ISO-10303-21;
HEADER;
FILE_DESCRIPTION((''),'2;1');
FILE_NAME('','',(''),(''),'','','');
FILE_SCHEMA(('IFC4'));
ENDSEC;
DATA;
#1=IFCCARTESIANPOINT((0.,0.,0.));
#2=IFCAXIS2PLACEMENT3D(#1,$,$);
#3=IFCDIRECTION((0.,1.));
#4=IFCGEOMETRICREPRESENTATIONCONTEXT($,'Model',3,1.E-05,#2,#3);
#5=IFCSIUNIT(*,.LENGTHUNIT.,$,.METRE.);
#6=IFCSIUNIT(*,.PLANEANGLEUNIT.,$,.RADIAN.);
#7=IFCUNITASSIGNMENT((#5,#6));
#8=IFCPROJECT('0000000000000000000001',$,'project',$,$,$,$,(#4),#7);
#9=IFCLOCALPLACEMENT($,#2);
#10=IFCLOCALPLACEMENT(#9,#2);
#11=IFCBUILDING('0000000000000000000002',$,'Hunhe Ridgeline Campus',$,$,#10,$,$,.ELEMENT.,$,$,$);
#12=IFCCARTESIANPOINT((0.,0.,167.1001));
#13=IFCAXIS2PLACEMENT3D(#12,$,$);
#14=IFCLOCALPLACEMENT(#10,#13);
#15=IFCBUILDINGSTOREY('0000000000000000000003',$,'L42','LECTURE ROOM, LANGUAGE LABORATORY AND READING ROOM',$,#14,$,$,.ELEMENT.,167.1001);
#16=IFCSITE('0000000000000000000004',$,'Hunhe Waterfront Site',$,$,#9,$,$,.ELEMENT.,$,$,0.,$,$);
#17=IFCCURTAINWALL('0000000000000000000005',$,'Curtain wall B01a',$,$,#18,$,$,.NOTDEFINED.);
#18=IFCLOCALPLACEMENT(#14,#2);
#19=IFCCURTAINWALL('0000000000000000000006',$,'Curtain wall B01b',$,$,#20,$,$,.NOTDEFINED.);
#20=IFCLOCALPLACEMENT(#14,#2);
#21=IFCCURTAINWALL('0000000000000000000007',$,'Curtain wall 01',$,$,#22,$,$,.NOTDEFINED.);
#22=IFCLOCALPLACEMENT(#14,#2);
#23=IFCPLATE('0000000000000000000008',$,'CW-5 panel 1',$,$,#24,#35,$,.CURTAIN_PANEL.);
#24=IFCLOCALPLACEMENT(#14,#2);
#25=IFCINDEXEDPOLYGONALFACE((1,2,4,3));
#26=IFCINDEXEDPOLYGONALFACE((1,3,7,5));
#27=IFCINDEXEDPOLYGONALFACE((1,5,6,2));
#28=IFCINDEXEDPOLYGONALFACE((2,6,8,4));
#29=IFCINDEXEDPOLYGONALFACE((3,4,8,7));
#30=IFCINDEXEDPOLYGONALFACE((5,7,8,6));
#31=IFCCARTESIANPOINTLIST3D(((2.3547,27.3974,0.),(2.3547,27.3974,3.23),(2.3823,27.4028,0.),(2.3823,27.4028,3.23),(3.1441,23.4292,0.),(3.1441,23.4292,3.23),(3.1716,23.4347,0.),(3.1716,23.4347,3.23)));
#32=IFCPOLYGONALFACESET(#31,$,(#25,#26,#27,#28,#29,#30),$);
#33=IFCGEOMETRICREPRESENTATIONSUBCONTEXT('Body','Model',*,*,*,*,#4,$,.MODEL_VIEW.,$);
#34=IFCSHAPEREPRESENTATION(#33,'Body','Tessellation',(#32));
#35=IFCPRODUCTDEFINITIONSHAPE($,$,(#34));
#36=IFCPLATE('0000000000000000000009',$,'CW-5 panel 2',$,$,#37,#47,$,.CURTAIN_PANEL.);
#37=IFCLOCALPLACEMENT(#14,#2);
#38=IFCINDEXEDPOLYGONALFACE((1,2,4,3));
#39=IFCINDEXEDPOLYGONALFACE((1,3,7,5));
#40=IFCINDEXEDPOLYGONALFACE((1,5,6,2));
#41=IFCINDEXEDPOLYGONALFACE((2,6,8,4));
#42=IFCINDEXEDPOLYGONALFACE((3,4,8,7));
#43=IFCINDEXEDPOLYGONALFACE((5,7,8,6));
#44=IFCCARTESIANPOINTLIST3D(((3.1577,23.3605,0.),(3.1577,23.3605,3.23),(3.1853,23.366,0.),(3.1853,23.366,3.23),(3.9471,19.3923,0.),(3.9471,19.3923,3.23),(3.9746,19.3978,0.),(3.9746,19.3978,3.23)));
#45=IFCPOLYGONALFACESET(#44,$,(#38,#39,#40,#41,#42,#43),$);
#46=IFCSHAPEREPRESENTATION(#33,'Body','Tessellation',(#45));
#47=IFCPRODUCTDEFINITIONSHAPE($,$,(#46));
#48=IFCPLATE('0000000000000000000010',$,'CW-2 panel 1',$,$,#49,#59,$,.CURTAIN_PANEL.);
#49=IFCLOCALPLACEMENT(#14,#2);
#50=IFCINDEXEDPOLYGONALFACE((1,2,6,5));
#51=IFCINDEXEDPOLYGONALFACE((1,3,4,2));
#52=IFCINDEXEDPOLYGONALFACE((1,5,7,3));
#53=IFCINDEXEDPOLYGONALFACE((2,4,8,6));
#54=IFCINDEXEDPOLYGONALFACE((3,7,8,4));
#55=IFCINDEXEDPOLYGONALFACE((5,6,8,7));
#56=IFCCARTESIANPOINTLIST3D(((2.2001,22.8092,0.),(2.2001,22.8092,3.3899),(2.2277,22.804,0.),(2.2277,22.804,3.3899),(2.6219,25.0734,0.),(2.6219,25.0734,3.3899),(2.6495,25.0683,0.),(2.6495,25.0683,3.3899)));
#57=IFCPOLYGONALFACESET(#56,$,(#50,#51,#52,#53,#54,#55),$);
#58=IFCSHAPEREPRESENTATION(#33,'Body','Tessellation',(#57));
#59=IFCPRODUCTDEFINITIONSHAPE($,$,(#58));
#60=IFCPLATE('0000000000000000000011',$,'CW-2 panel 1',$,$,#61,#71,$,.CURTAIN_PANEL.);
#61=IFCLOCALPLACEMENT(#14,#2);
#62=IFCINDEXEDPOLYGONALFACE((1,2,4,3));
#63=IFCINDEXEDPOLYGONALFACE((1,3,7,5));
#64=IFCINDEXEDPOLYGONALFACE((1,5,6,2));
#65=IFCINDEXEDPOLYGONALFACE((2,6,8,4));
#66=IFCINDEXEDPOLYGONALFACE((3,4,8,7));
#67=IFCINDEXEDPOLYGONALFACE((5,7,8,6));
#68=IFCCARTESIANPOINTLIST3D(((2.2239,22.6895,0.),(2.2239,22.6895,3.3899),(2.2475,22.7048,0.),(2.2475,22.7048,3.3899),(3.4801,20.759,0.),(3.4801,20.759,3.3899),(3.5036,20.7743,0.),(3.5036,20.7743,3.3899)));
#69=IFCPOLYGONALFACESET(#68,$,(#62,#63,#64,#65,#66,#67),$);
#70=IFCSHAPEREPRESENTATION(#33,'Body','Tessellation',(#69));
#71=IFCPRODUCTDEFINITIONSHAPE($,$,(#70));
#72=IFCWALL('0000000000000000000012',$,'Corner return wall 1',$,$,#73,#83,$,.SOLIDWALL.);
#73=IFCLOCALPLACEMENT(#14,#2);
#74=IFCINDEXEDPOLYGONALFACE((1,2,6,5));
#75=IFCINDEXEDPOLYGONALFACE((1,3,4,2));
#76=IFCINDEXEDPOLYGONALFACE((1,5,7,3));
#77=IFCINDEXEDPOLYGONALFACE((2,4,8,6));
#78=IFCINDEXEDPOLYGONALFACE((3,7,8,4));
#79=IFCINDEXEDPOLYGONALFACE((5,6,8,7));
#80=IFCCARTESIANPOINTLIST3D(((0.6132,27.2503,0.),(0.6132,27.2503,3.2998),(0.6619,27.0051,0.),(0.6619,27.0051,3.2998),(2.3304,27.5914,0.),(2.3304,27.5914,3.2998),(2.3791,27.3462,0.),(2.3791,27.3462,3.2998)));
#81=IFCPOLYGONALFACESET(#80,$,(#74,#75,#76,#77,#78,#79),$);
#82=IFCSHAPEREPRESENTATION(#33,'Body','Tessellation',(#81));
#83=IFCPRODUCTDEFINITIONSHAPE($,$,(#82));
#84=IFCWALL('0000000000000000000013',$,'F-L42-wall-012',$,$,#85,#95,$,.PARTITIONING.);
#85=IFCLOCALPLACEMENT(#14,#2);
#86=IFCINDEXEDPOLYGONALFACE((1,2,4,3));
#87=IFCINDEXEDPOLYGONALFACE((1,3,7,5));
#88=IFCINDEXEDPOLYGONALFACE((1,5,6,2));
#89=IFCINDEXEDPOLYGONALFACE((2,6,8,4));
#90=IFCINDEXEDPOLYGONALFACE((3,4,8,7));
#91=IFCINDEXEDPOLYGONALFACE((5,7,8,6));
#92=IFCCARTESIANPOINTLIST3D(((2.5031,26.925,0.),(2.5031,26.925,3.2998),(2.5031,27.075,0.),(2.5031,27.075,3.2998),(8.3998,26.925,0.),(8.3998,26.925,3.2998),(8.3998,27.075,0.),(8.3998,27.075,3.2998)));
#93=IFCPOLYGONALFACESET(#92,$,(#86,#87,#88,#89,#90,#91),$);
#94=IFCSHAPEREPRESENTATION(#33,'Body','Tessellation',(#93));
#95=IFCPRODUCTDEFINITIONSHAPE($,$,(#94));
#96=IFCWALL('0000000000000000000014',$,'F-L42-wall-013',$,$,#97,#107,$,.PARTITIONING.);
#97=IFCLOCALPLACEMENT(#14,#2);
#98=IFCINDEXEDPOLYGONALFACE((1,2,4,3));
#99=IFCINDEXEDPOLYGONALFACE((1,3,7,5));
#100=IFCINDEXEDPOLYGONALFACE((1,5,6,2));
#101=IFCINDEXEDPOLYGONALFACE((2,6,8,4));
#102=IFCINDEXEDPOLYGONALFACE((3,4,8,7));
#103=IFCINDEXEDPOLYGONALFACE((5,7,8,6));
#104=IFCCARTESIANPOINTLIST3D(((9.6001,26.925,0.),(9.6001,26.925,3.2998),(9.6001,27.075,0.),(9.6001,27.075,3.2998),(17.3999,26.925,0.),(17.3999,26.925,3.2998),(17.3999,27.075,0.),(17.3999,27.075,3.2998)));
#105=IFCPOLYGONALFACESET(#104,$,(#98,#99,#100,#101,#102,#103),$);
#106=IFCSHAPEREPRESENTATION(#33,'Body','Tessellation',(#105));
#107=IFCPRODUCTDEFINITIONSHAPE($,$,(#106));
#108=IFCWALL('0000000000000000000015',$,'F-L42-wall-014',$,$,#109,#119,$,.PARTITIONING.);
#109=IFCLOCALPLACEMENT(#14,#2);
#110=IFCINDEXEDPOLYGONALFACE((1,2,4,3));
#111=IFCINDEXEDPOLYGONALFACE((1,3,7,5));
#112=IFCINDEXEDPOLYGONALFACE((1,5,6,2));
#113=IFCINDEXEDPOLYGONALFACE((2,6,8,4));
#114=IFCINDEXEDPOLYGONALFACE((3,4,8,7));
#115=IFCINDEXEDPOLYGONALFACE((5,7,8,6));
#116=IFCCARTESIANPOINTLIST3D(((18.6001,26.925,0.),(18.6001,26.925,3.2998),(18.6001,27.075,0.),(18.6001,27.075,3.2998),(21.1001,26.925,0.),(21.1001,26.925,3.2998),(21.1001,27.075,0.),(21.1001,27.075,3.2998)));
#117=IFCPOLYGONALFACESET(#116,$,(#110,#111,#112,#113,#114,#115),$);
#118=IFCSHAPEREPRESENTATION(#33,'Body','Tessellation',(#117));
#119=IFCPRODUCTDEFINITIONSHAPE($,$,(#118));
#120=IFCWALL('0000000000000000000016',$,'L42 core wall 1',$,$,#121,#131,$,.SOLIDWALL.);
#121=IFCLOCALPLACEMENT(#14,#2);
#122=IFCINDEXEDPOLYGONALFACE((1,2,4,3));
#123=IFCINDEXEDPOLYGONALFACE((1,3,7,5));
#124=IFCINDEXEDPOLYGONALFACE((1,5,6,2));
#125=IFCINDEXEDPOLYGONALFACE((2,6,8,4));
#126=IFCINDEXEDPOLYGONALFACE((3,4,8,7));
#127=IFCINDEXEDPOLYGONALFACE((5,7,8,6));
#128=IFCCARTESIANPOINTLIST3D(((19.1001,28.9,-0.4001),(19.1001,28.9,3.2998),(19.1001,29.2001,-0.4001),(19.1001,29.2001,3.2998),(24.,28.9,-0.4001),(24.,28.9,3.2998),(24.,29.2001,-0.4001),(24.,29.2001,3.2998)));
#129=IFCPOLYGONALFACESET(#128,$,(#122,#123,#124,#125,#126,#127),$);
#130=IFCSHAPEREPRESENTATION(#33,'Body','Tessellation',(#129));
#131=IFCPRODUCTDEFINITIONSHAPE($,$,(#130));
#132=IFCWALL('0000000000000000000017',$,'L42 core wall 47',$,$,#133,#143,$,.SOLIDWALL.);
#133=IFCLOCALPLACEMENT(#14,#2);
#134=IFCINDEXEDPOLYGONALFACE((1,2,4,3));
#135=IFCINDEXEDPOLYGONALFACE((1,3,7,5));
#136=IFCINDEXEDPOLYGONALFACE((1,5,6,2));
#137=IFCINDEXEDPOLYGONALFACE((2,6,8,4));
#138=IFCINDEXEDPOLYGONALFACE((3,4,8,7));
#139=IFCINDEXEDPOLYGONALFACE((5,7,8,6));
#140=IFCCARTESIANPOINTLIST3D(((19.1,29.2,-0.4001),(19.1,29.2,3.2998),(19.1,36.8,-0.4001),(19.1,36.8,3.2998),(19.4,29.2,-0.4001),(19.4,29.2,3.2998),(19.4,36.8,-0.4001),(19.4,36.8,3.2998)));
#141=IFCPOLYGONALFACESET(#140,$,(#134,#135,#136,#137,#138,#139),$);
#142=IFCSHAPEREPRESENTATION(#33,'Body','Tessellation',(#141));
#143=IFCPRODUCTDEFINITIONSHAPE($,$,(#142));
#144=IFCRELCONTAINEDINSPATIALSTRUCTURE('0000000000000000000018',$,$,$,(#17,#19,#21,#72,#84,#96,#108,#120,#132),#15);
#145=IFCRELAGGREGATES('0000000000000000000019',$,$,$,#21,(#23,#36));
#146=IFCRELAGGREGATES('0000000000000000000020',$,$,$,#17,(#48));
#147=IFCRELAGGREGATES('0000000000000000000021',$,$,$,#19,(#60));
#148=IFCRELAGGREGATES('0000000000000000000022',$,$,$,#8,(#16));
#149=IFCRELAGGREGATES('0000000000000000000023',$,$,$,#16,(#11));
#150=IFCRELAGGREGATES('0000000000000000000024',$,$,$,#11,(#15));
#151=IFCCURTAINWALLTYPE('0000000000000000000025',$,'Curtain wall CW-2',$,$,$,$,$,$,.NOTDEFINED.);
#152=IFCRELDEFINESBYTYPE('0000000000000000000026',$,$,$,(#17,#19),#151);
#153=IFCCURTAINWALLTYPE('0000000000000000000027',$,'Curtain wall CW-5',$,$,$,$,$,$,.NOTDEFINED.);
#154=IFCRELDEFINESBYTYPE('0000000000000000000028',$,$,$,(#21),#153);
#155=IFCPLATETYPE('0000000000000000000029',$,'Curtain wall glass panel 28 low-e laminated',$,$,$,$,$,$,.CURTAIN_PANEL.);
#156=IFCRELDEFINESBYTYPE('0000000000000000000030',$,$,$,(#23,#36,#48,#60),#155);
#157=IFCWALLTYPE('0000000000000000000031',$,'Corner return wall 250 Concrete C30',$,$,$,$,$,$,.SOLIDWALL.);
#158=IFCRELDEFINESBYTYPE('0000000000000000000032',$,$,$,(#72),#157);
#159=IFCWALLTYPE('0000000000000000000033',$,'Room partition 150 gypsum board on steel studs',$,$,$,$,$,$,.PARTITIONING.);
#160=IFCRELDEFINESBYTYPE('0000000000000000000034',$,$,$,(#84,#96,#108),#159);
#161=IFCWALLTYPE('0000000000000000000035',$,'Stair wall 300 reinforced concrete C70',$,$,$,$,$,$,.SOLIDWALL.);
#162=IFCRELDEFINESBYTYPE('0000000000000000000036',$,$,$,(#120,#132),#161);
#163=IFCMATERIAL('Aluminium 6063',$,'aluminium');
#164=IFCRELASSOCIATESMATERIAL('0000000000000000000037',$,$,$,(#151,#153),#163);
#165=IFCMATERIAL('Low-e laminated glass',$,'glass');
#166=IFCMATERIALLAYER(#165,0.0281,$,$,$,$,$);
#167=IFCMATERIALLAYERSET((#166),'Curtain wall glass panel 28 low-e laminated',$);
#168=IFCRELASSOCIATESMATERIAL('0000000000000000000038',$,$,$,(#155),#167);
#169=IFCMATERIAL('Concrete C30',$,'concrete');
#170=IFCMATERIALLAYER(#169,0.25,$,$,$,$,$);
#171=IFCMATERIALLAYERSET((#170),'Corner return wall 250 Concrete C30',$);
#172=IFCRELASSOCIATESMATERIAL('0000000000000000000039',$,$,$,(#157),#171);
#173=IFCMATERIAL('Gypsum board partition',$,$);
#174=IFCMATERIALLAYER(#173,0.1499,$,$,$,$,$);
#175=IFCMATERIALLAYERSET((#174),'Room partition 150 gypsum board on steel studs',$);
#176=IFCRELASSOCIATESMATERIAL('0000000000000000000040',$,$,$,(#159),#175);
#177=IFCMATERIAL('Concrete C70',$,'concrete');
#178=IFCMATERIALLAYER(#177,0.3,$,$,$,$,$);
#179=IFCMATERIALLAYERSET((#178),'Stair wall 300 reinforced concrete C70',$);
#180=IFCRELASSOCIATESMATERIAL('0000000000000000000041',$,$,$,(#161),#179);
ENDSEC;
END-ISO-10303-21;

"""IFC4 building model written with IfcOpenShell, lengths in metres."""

from ifc_helpers import new_model, si_unit, direction, frame, frame_2d, origin, origin_2d, place, context, subcontext, project, spatial, rectangle, extrude, material, layer, layer_set, type_object, element, aggregate, save


model = new_model("IFC4")

# Units and contexts
model_context = context("Model", 3, precision=1e-05, world=origin(), true_north=direction((0.0, 1.0)))
body_context = subcontext(model_context, "Body", "Model", "MODEL_VIEW")
ifc_project = project(units=[si_unit("LENGTHUNIT", "METRE"), si_unit("PLANEANGLEUNIT", "RADIAN")], contexts=[model_context])

# Site, building, storey
site_placement = place(None, origin())
site = spatial("IfcSite", under=ifc_project, at=site_placement, Name="Hunhe Waterfront Site", CompositionType="ELEMENT", RefElevation=0.0)
building_placement = place(site_placement, origin())
building = spatial("IfcBuilding", under=site, at=building_placement, Name="Hunhe Ridgeline Campus", CompositionType="ELEMENT")
storey_placement = place(building_placement, frame((0.0, 0.0, 167.1001)))
storey = spatial("IfcBuildingStorey", under=building, at=storey_placement, Name="L42", Description="LECTURE ROOM, LANGUAGE LABORATORY AND READING ROOM", CompositionType="ELEMENT", Elevation=167.1001)

# Shared definitions
ifc_material_1 = material(Name="Concrete C70", Category="concrete")

# Curtain walls
ifc_material_2 = material(Name="Aluminium 6063", Category="aluminium")
curtain_wall_type_1 = type_object("IfcCurtainWallType", Name="Curtain wall CW-2", PredefinedType="NOTDEFINED", material=ifc_material_2)
curtain_wall_1_placement = place(storey_placement, origin())
curtain_wall_1 = element("IfcCurtainWall", 1, at=curtain_wall_1_placement, inside=storey, type_object=curtain_wall_type_1, Name="Curtain wall B01a", PredefinedType="NOTDEFINED")
curtain_wall_2_placement = place(storey_placement, origin())
curtain_wall_2 = element("IfcCurtainWall", 2, at=curtain_wall_2_placement, inside=storey, type_object=curtain_wall_type_1, Name="Curtain wall B01b", PredefinedType="NOTDEFINED")

# Curtain wall
curtain_wall_type_2 = type_object("IfcCurtainWallType", Name="Curtain wall CW-5", PredefinedType="NOTDEFINED", material=ifc_material_2)
curtain_wall_3_placement = place(storey_placement, origin())
curtain_wall_3 = element("IfcCurtainWall", 3, at=curtain_wall_3_placement, inside=storey, type_object=curtain_wall_type_2, Name="Curtain wall 01", PredefinedType="NOTDEFINED")

# Plates
ifc_material_3 = material(Name="Low-e laminated glass", Category="glass")
ifc_layer_1 = layer(ifc_material_3, 0.0281)
ifc_layer_set_1 = layer_set([ifc_layer_1], Name="Curtain wall glass panel 28 low-e laminated")
plate_type = type_object("IfcPlateType", Name="Curtain wall glass panel 28 low-e laminated", PredefinedType="CURTAIN_PANEL", material=ifc_layer_set_1)
plate_1_placement = place(storey_placement, frame((2.7632, 25.416, 0.0), z_axis=(0.0, 0.0, 1.0), x_axis=(0.195095, -0.980784, 0.0)))
plate_1 = element("IfcPlate", 4, at=plate_1_placement, type_object=plate_type, Name="CW-5 panel 1", PredefinedType="CURTAIN_PANEL", context=body_context, shape_type="SweptSolid", body=[
    extrude(rectangle(XDim=4.0459, YDim=0.0281, at=origin_2d()), origin(), (0.0, 0.0, 1.0), 3.23),
])
plate_2_placement = place(storey_placement, frame((3.5662, 21.3792, 0.0), z_axis=(0.0, 0.0, 1.0), x_axis=(0.195095, -0.980784, 0.0)))
plate_2 = element("IfcPlate", 5, at=plate_2_placement, type_object=plate_type, Name="CW-5 panel 2", PredefinedType="CURTAIN_PANEL", context=body_context, shape_type="SweptSolid", body=[
    extrude(rectangle(XDim=4.0459, YDim=0.0281, at=origin_2d()), origin(), (0.0, 0.0, 1.0), 3.23),
])
aggregate(curtain_wall_3, [plate_1, plate_2])
plate_3_placement = place(storey_placement, frame((2.4248, 23.9387, 0.0), z_axis=(0.0, 0.0, 1.0), x_axis=(-0.183113, -0.983092, 0.0)))
plate_3 = element("IfcPlate", 6, at=plate_3_placement, type_object=plate_type, Name="CW-2 panel 1", PredefinedType="CURTAIN_PANEL", context=body_context, shape_type="SweptSolid", body=[
    extrude(rectangle(XDim=2.3032, YDim=0.0281, at=origin_2d()), origin(), (0.0, 0.0, 1.0), 3.3899),
])
aggregate(curtain_wall_1, [plate_3])
plate_4_placement = place(storey_placement, frame((2.8638, 21.7319, 0.0), z_axis=(0.0, 0.0, 1.0), x_axis=(0.545395, -0.838179, 0.0)))
plate_4 = element("IfcPlate", 7, at=plate_4_placement, type_object=plate_type, Name="CW-2 panel 1", PredefinedType="CURTAIN_PANEL", context=body_context, shape_type="SweptSolid", body=[
    extrude(rectangle(XDim=2.3032, YDim=0.0281, at=origin_2d()), origin(), (0.0, 0.0, 1.0), 3.3899),
])
aggregate(curtain_wall_2, [plate_4])

# Walls
ifc_material_4 = material(Name="Concrete C30", Category="concrete")
ifc_layer_2 = layer(ifc_material_4, 0.25)
ifc_layer_set_2 = layer_set([ifc_layer_2], Name="Corner return wall 250 Concrete C30")
wall_type_1 = type_object("IfcWallType", Name="Corner return wall 250 Concrete C30", PredefinedType="SOLIDWALL", material=ifc_layer_set_2)
wall_1_placement = place(storey_placement, frame((0.6375, 27.1277, 0.0), z_axis=(0.0, 0.0, 1.0), x_axis=(0.980843, 0.194802, 0.0)))
element("IfcWall", 8, at=wall_1_placement, inside=storey, type_object=wall_type_1, Name="Corner return wall 1", PredefinedType="SOLIDWALL", context=body_context, shape_type="SweptSolid", body=[
    extrude(rectangle(XDim=1.7507, YDim=0.25, at=frame_2d((0.8755, 0.0))), origin(), (0.0, 0.0, 1.0), 3.2998),
])
ifc_material_5 = material(Name="Gypsum board partition")
ifc_layer_3 = layer(ifc_material_5, 0.1499)
ifc_layer_set_3 = layer_set([ifc_layer_3], Name="Room partition 150 gypsum board on steel studs")
wall_type_2 = type_object("IfcWallType", Name="Room partition 150 gypsum board on steel studs", PredefinedType="PARTITIONING", material=ifc_layer_set_3)
wall_2_placement = place(storey_placement, frame((2.5032, 27.0, 0.0), z_axis=(0.0, 0.0, 1.0), x_axis=(1.0, 0.0, 0.0)))
element("IfcWall", 9, at=wall_2_placement, inside=storey, type_object=wall_type_2, Name="F-L42-wall-012", PredefinedType="PARTITIONING", context=body_context, shape_type="SweptSolid", body=[
    extrude(rectangle(XDim=5.8967, YDim=0.1499, at=frame_2d((2.9482, 0.0))), origin(), (0.0, 0.0, 1.0), 3.2998),
])
wall_3_placement = place(storey_placement, frame((9.6001, 27.0, 0.0), z_axis=(0.0, 0.0, 1.0), x_axis=(1.0, 0.0, 0.0)))
element("IfcWall", 10, at=wall_3_placement, inside=storey, type_object=wall_type_2, Name="F-L42-wall-013", PredefinedType="PARTITIONING", context=body_context, shape_type="SweptSolid", body=[
    extrude(rectangle(XDim=7.7998, YDim=0.1499, at=frame_2d((3.8999, 0.0))), origin(), (0.0, 0.0, 1.0), 3.2998),
])
wall_4_placement = place(storey_placement, frame((18.6001, 27.0, 0.0), z_axis=(0.0, 0.0, 1.0), x_axis=(1.0, 0.0, 0.0)))
element("IfcWall", 11, at=wall_4_placement, inside=storey, type_object=wall_type_2, Name="F-L42-wall-014", PredefinedType="PARTITIONING", context=body_context, shape_type="SweptSolid", body=[
    extrude(rectangle(XDim=2.5, YDim=0.1499, at=frame_2d((1.25, 0.0))), origin(), (0.0, 0.0, 1.0), 3.2998),
])
ifc_layer_4 = layer(ifc_material_1, 0.3)
ifc_layer_set_4 = layer_set([ifc_layer_4], Name="Stair wall 300 reinforced concrete C70")
wall_type_3 = type_object("IfcWallType", Name="Stair wall 300 reinforced concrete C70", PredefinedType="SOLIDWALL", material=ifc_layer_set_4)
wall_5_placement = place(storey_placement, frame((19.1001, 29.05, -0.4001), z_axis=(0.0, 0.0, 1.0), x_axis=(1.0, 0.0, 0.0)))
element("IfcWall", 12, at=wall_5_placement, inside=storey, type_object=wall_type_3, Name="L42 core wall 1", PredefinedType="SOLIDWALL", context=body_context, shape_type="SweptSolid", body=[
    extrude(rectangle(XDim=4.8999, YDim=0.3, at=frame_2d((2.45, 0.0))), origin(), (0.0, 0.0, 1.0), 3.7),
])
wall_6_placement = place(storey_placement, frame((19.25, 29.2, -0.4001), z_axis=(0.0, 0.0, 1.0), x_axis=(0.0, 1.0, 0.0)))
element("IfcWall", 13, at=wall_6_placement, inside=storey, type_object=wall_type_3, Name="L42 core wall 47", PredefinedType="SOLIDWALL", context=body_context, shape_type="SweptSolid", body=[
    extrude(rectangle(XDim=7.6001, YDim=0.3, at=frame_2d((3.8, 0.0))), origin(), (0.0, 0.0, 1.0), 3.7),
])

save(model, "model.ifc")
